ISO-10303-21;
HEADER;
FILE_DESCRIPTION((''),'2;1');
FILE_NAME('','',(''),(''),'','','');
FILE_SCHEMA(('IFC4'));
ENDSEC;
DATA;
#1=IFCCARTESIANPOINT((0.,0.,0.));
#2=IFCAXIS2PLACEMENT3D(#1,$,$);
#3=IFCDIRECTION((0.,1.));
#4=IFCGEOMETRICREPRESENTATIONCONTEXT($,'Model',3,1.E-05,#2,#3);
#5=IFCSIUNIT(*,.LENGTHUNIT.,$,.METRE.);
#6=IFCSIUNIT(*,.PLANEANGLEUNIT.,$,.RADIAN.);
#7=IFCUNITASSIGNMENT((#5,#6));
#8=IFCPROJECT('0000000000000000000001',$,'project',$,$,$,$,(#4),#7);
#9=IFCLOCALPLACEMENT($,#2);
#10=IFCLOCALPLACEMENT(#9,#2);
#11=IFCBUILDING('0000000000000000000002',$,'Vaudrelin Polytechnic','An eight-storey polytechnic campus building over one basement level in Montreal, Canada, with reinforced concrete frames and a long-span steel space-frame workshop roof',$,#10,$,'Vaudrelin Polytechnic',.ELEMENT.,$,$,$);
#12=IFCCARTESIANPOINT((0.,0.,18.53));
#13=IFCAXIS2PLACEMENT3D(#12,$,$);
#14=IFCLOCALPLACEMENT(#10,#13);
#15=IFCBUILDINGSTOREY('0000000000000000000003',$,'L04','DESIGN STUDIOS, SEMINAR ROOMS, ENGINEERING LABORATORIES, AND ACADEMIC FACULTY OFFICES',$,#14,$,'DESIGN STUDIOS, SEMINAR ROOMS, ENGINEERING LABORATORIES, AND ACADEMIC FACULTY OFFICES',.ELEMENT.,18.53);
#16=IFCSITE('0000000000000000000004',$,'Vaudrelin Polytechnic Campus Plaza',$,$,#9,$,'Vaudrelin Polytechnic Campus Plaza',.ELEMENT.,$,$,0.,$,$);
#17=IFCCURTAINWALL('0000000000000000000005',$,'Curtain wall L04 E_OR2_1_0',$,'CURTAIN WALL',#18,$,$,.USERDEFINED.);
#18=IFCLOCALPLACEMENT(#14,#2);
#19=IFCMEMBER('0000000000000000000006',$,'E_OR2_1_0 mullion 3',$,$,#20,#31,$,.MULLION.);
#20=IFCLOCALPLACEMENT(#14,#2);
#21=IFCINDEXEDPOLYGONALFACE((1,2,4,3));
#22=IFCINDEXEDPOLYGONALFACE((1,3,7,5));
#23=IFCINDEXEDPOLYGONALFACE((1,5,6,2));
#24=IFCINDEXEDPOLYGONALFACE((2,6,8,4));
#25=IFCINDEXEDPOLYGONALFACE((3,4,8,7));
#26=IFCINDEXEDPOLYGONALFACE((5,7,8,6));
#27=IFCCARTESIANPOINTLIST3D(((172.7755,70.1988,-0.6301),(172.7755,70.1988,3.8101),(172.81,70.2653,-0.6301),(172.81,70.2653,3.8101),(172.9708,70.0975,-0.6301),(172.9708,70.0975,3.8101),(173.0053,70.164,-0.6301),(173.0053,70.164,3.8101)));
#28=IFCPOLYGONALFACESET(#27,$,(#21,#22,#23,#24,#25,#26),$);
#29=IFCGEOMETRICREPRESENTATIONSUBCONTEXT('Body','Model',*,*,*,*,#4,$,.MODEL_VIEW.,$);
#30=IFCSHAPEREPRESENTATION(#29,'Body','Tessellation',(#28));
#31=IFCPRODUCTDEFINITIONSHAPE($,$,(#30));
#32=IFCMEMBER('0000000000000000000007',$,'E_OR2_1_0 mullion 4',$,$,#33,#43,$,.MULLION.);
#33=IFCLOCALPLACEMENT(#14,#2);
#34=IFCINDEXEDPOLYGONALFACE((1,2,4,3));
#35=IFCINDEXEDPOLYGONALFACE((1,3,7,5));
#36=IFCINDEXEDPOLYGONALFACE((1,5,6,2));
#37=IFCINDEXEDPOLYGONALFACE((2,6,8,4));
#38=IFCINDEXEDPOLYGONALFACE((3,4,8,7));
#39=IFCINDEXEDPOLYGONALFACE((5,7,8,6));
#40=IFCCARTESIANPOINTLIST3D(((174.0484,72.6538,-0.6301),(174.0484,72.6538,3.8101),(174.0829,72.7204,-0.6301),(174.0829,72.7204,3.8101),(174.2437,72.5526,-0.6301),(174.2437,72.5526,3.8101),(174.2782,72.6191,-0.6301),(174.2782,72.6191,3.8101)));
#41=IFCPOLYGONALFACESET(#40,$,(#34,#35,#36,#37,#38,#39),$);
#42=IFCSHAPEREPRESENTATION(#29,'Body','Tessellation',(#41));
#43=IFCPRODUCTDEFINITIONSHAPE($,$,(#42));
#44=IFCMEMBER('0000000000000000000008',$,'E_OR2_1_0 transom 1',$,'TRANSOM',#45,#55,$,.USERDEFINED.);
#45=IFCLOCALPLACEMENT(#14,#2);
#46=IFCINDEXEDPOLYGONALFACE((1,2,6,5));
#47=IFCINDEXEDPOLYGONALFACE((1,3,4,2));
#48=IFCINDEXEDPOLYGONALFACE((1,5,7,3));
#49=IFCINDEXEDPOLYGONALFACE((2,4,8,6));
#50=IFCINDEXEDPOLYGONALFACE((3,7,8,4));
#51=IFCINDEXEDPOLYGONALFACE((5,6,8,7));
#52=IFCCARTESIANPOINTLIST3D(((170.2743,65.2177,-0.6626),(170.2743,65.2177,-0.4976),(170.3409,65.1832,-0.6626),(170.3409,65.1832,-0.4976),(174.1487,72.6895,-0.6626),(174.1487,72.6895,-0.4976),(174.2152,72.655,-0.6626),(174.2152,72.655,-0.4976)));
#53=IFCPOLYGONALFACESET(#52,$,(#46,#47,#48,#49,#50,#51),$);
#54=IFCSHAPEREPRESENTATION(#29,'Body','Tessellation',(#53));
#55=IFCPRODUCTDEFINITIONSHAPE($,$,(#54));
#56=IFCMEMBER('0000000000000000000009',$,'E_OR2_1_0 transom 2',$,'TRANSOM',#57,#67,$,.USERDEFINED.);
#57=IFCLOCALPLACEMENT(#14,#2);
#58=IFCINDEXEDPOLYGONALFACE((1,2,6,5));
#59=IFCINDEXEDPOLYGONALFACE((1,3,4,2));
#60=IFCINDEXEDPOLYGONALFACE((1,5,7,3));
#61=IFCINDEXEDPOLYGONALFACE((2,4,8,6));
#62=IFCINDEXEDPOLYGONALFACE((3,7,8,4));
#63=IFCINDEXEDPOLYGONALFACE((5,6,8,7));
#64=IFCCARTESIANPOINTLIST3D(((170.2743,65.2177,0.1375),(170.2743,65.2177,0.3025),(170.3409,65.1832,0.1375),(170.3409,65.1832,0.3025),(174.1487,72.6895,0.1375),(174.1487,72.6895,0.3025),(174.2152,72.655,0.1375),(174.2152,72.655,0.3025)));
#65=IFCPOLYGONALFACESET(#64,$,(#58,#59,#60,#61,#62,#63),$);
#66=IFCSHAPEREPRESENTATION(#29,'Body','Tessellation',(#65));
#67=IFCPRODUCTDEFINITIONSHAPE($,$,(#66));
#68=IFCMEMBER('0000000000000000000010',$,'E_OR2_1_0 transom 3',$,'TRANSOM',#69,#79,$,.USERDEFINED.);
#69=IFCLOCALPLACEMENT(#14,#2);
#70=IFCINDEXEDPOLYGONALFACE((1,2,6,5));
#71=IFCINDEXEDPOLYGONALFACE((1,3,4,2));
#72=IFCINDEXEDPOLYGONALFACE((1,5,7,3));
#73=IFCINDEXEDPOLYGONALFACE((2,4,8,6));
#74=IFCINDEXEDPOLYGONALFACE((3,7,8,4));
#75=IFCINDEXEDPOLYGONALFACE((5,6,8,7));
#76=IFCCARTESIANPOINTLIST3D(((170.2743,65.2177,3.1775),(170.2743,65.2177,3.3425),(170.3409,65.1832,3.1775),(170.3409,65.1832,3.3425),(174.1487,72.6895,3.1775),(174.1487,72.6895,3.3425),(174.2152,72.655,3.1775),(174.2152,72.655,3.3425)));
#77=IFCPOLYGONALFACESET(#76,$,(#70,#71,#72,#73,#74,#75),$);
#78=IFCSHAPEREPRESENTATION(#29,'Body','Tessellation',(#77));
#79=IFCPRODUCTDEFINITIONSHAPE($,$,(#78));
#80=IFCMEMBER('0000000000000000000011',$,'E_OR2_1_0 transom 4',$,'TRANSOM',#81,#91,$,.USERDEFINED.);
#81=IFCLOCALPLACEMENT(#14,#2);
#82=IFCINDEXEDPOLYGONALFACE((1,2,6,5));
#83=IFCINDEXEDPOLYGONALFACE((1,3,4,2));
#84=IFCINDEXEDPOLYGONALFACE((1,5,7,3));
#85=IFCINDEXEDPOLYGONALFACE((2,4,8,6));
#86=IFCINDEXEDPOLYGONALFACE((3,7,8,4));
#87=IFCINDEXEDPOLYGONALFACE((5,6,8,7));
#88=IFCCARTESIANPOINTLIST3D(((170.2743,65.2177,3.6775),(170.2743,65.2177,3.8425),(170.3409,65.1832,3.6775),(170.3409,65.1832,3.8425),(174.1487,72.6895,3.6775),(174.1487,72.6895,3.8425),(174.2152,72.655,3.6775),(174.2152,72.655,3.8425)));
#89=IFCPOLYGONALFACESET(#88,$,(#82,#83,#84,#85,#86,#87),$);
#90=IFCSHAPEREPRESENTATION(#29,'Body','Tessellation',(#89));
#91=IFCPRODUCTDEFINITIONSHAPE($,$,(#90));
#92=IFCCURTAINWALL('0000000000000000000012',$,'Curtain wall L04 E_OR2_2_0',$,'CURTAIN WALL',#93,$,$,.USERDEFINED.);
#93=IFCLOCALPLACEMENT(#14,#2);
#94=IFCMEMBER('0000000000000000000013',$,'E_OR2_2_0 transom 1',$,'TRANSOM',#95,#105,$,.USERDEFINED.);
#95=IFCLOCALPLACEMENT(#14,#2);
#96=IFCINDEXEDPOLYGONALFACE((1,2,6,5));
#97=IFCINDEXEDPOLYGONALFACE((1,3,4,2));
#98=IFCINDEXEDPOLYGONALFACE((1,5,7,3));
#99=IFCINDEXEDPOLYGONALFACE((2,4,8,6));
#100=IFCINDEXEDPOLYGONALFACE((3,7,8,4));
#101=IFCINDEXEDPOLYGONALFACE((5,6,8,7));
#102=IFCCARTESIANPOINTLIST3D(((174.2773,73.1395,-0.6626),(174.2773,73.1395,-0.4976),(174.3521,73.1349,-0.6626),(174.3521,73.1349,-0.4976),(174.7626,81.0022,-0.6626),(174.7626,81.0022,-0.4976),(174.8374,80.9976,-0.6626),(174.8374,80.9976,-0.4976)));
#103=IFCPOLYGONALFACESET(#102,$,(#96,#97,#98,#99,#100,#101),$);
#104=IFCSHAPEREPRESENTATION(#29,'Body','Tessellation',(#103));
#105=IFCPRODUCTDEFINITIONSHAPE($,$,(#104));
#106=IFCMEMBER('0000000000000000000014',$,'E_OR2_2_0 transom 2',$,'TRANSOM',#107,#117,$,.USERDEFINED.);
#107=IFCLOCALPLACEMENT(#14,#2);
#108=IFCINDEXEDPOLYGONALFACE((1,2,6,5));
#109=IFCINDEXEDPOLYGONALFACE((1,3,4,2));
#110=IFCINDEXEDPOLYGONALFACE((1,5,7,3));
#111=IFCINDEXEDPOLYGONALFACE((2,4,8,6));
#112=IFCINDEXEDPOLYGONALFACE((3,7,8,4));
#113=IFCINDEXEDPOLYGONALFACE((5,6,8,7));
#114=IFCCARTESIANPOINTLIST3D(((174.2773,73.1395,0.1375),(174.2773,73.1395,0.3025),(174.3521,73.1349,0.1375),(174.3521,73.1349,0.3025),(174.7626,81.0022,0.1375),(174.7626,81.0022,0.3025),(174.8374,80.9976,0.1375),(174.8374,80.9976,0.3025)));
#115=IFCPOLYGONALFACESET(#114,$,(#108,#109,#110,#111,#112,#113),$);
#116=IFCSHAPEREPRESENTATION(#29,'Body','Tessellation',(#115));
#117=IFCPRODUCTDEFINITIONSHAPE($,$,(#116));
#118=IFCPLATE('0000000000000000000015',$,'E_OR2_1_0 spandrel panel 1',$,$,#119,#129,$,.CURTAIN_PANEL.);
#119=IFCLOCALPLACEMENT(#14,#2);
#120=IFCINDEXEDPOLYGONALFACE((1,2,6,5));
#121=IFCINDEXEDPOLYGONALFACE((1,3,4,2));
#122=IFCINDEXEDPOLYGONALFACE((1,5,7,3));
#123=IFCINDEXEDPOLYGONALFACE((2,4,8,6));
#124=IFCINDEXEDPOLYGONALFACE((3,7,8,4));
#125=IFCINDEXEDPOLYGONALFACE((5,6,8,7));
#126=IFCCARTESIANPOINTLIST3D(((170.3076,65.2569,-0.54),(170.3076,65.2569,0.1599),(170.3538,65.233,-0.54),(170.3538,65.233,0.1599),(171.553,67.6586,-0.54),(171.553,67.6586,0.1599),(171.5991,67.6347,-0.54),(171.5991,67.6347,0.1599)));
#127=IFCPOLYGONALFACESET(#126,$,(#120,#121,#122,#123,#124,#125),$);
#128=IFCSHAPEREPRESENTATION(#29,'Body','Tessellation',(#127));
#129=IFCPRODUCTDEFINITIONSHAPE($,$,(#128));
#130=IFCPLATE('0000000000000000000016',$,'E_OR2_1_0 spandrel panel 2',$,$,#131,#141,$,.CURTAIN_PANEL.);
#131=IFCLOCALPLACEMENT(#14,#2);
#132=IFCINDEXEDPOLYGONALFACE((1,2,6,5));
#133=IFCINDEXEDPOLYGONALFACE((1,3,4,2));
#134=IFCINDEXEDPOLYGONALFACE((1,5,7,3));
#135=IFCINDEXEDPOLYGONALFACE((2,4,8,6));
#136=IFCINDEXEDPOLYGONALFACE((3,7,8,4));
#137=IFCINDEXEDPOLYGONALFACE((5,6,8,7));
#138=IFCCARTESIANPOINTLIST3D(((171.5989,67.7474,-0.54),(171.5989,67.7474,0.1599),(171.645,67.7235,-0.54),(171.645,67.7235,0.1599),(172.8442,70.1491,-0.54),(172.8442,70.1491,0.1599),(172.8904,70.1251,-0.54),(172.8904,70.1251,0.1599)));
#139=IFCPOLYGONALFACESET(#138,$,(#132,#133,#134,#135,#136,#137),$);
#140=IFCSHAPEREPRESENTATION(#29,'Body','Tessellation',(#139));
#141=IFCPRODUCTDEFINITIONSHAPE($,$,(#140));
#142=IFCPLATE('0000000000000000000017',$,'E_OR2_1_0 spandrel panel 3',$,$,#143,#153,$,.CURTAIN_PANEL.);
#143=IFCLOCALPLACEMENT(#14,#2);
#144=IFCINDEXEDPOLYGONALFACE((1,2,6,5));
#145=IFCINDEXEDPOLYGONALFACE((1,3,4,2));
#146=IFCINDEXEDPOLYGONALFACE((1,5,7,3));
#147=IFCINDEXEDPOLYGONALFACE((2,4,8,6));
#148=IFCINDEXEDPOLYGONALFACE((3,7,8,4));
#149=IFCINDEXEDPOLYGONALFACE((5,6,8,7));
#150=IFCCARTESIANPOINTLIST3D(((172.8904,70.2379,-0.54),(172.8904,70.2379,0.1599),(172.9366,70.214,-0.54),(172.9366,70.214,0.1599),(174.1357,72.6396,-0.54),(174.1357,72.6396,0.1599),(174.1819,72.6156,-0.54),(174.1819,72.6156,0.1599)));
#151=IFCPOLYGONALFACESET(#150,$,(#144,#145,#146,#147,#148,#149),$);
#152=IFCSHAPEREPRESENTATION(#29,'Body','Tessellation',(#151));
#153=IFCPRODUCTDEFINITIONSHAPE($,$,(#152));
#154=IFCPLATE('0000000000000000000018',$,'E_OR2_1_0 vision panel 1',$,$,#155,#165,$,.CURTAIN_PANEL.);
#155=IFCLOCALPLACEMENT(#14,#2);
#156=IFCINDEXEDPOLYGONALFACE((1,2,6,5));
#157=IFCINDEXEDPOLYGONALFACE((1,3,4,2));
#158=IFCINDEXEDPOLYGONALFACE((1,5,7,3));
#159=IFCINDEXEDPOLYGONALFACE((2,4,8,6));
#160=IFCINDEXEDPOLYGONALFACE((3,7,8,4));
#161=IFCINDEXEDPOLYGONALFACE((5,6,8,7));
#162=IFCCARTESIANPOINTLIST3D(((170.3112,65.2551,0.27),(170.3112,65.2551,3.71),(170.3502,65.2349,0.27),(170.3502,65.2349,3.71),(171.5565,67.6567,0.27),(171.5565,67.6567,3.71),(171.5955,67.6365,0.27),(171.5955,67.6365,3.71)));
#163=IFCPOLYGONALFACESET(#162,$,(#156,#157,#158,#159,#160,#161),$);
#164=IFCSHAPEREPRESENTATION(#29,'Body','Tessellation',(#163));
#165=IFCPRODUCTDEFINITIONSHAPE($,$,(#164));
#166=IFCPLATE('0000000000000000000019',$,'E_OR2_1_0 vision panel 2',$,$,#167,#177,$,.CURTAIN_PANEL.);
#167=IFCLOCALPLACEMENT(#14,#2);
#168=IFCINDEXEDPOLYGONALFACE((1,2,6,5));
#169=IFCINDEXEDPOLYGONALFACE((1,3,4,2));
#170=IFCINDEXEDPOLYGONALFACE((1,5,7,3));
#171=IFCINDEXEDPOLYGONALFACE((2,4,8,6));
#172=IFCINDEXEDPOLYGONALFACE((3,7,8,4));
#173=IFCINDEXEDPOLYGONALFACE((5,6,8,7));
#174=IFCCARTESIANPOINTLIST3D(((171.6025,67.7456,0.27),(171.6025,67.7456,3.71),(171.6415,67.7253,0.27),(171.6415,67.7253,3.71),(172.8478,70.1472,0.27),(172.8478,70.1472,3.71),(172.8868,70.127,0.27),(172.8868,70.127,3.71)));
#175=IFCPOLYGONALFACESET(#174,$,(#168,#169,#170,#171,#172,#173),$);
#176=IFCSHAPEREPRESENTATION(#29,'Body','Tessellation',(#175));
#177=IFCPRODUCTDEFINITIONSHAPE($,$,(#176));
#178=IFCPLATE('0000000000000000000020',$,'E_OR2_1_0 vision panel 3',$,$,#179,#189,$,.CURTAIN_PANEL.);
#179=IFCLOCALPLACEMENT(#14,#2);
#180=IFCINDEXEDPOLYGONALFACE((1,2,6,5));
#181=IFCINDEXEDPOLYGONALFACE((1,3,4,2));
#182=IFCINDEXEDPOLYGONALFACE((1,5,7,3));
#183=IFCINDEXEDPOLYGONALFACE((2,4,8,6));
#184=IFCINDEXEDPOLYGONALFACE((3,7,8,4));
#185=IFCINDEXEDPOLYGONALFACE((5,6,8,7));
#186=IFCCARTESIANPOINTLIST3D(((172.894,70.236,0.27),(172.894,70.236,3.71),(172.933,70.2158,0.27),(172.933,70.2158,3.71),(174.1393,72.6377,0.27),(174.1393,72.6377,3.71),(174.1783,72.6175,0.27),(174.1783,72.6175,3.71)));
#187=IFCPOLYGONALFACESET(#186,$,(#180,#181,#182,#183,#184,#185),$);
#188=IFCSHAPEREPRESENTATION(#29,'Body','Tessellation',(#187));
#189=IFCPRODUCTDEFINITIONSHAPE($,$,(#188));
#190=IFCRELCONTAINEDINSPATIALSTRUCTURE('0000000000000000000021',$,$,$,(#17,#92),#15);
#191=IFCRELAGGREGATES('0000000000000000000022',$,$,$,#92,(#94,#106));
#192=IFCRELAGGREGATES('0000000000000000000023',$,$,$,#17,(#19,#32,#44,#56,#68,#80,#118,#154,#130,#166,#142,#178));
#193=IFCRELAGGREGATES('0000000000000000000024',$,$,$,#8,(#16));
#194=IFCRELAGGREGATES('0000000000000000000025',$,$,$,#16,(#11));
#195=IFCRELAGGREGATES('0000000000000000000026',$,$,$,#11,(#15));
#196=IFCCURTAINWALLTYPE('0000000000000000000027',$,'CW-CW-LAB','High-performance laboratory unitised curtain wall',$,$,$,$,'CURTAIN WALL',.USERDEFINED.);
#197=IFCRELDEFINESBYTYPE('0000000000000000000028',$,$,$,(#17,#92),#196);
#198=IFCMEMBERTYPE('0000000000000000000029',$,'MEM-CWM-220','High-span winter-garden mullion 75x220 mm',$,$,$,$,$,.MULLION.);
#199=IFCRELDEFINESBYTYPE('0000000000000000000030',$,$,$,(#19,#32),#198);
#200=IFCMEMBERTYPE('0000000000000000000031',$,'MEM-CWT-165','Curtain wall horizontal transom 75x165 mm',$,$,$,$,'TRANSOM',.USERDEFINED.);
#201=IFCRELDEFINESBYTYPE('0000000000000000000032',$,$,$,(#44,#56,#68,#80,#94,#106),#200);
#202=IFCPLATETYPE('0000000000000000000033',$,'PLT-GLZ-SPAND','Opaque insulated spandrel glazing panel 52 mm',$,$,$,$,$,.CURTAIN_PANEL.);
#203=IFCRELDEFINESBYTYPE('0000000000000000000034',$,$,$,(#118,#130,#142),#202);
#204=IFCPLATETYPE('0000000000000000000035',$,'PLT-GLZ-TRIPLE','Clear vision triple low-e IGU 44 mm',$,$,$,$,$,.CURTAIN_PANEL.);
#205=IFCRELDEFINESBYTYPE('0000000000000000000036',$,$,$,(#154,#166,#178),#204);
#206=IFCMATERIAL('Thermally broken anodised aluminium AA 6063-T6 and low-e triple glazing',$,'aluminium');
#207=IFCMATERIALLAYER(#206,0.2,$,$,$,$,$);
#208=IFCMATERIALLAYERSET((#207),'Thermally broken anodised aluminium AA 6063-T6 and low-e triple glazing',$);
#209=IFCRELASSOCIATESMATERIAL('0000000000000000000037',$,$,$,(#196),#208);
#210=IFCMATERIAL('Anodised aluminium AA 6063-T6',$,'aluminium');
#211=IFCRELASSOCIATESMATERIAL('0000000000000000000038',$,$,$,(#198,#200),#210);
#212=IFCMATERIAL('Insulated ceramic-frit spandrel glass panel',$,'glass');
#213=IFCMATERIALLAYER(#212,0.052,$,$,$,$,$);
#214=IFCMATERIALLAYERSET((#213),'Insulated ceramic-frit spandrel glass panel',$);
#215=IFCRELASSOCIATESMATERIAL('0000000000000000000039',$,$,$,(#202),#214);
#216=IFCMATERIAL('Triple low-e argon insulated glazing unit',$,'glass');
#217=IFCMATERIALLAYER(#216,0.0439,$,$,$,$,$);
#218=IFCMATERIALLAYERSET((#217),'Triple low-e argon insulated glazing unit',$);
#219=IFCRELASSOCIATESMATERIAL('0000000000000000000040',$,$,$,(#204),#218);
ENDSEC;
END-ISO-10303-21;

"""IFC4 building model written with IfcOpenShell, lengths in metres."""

from ifc_helpers import new_model, si_unit, direction, frame, origin, origin_2d, place, context, subcontext, project, spatial, rectangle, extrude, material, layer, layer_set, material_profile, profile_set, type_object, element, aggregate, save


model = new_model("IFC4")

# Units and contexts
model_context = context("Model", 3, precision=1e-05, world=origin(), true_north=direction((0.0, 1.0)))
body_context = subcontext(model_context, "Body", "Model", "MODEL_VIEW")
ifc_project = project(units=[si_unit("LENGTHUNIT", "METRE"), si_unit("PLANEANGLEUNIT", "RADIAN")], contexts=[model_context])

# Site, building, storey
site_placement = place(None, origin())
site = spatial("IfcSite", under=ifc_project, at=site_placement, Name="Vaudrelin Polytechnic Campus Plaza", LongName="Vaudrelin Polytechnic Campus Plaza", CompositionType="ELEMENT", RefElevation=0.0)
building_placement = place(site_placement, origin())
building = spatial("IfcBuilding", under=site, at=building_placement, Name="Vaudrelin Polytechnic", Description="An eight-storey polytechnic campus building over one basement level in Montreal, Canada, with reinforced concrete frames and a long-span steel space-frame workshop roof", LongName="Vaudrelin Polytechnic", CompositionType="ELEMENT")
storey_placement = place(building_placement, frame((0.0, 0.0, 18.53)))
storey = spatial("IfcBuildingStorey", under=building, at=storey_placement, Name="L04", Description="DESIGN STUDIOS, SEMINAR ROOMS, ENGINEERING LABORATORIES, AND ACADEMIC FACULTY OFFICES", LongName="DESIGN STUDIOS, SEMINAR ROOMS, ENGINEERING LABORATORIES, AND ACADEMIC FACULTY OFFICES", CompositionType="ELEMENT", Elevation=18.53)

# Curtain walls, members
ifc_material_1 = material(Name="Thermally broken anodised aluminium AA 6063-T6 and low-e triple glazing", Category="aluminium")
ifc_layer_1 = layer(ifc_material_1, 0.2)
ifc_layer_set_1 = layer_set([ifc_layer_1], Name="Thermally broken anodised aluminium AA 6063-T6 and low-e triple glazing")
curtain_wall_type = type_object("IfcCurtainWallType", Name="CW-CW-LAB", Description="High-performance laboratory unitised curtain wall", ElementType="CURTAIN WALL", PredefinedType="USERDEFINED", material=ifc_layer_set_1)
curtain_wall_1_placement = place(storey_placement, origin())
curtain_wall_1 = element("IfcCurtainWall", 1, at=curtain_wall_1_placement, inside=storey, type_object=curtain_wall_type, Name="Curtain wall L04 E_OR2_1_0", ObjectType="CURTAIN WALL", PredefinedType="USERDEFINED")
ifc_material_2 = material(Name="Anodised aluminium AA 6063-T6", Category="aluminium")
ifc_material_profile_1 = material_profile(ifc_material_2, rectangle(XDim=0.075, YDim=0.22, at=origin_2d()), Name="CWM-75x220")
ifc_profile_set_1 = profile_set([ifc_material_profile_1], Name="Anodised aluminium AA 6063-T6")
member_type_1 = type_object("IfcMemberType", Name="MEM-CWM-220", Description="High-span winter-garden mullion 75x220 mm", PredefinedType="MULLION", material=ifc_profile_set_1)
member_1_placement = place(storey_placement, frame((172.8904, 70.1814, -0.6301), z_axis=(0.0, 0.0, 1.0), x_axis=(0.460325, 0.88775, 0.0)))
member_1 = element("IfcMember", 2, at=member_1_placement, type_object=member_type_1, Name="E_OR2_1_0 mullion 3", PredefinedType="MULLION", context=body_context, shape_type="SweptSolid", body=[
    extrude(rectangle(XDim=0.075, YDim=0.22, at=origin_2d()), origin(), (0.0, 0.0, 1.0), 4.4402),
])
member_2_placement = place(storey_placement, frame((174.1633, 72.6365, -0.6301), z_axis=(0.0, 0.0, 1.0), x_axis=(0.460325, 0.88775, 0.0)))
member_2 = element("IfcMember", 3, at=member_2_placement, type_object=member_type_1, Name="E_OR2_1_0 mullion 4", PredefinedType="MULLION", context=body_context, shape_type="SweptSolid", body=[
    extrude(rectangle(XDim=0.075, YDim=0.22, at=origin_2d()), origin(), (0.0, 0.0, 1.0), 4.4402),
])
ifc_material_profile_2 = material_profile(ifc_material_2, rectangle(XDim=0.075, YDim=0.165, at=origin_2d()), Name="CWT-75x165")
ifc_profile_set_2 = profile_set([ifc_material_profile_2], Name="Anodised aluminium AA 6063-T6")
member_type_2 = type_object("IfcMemberType", Name="MEM-CWT-165", Description="Curtain wall horizontal transom 75x165 mm", ElementType="TRANSOM", PredefinedType="USERDEFINED", material=ifc_profile_set_2)
member_3_placement = place(storey_placement, frame((170.3076, 65.2004, -0.5801), z_axis=(0.460323, 0.887751, 0.0), x_axis=(-0.887751, 0.460323, 0.0)))
member_3 = element("IfcMember", 4, at=member_3_placement, type_object=member_type_2, Name="E_OR2_1_0 transom 1", ObjectType="TRANSOM", PredefinedType="USERDEFINED", context=body_context, shape_type="SweptSolid", body=[
    extrude(rectangle(XDim=0.075, YDim=0.165, at=origin_2d()), origin(), (0.0, 0.0, 1.0), 8.4165),
])
member_4_placement = place(storey_placement, frame((170.3076, 65.2004, 0.22), z_axis=(0.460323, 0.887751, 0.0), x_axis=(-0.887751, 0.460323, 0.0)))
member_4 = element("IfcMember", 5, at=member_4_placement, type_object=member_type_2, Name="E_OR2_1_0 transom 2", ObjectType="TRANSOM", PredefinedType="USERDEFINED", context=body_context, shape_type="SweptSolid", body=[
    extrude(rectangle(XDim=0.075, YDim=0.165, at=origin_2d()), origin(), (0.0, 0.0, 1.0), 8.4165),
])
member_5_placement = place(storey_placement, frame((170.3076, 65.2004, 3.26), z_axis=(0.460323, 0.887751, 0.0), x_axis=(-0.887751, 0.460323, 0.0)))
member_5 = element("IfcMember", 6, at=member_5_placement, type_object=member_type_2, Name="E_OR2_1_0 transom 3", ObjectType="TRANSOM", PredefinedType="USERDEFINED", context=body_context, shape_type="SweptSolid", body=[
    extrude(rectangle(XDim=0.075, YDim=0.165, at=origin_2d()), origin(), (0.0, 0.0, 1.0), 8.4165),
])
member_6_placement = place(storey_placement, frame((170.3076, 65.2004, 3.76), z_axis=(0.460323, 0.887751, 0.0), x_axis=(-0.887751, 0.460323, 0.0)))
member_6 = element("IfcMember", 7, at=member_6_placement, type_object=member_type_2, Name="E_OR2_1_0 transom 4", ObjectType="TRANSOM", PredefinedType="USERDEFINED", context=body_context, shape_type="SweptSolid", body=[
    extrude(rectangle(XDim=0.075, YDim=0.165, at=origin_2d()), origin(), (0.0, 0.0, 1.0), 8.4165),
])
curtain_wall_2_placement = place(storey_placement, origin())
curtain_wall_2 = element("IfcCurtainWall", 8, at=curtain_wall_2_placement, inside=storey, type_object=curtain_wall_type, Name="Curtain wall L04 E_OR2_2_0", ObjectType="CURTAIN WALL", PredefinedType="USERDEFINED")
member_7_placement = place(storey_placement, frame((174.3147, 73.1372, -0.5801), z_axis=(0.06161, 0.9981, 0.0), x_axis=(-0.9981, 0.06161, 0.0)))
member_7 = element("IfcMember", 9, at=member_7_placement, type_object=member_type_2, Name="E_OR2_2_0 transom 1", ObjectType="TRANSOM", PredefinedType="USERDEFINED", context=body_context, shape_type="SweptSolid", body=[
    extrude(rectangle(XDim=0.075, YDim=0.165, at=origin_2d()), origin(), (0.0, 0.0, 1.0), 7.8777),
])
member_8_placement = place(storey_placement, frame((174.3147, 73.1372, 0.22), z_axis=(0.06161, 0.9981, 0.0), x_axis=(-0.9981, 0.06161, 0.0)))
member_8 = element("IfcMember", 10, at=member_8_placement, type_object=member_type_2, Name="E_OR2_2_0 transom 2", ObjectType="TRANSOM", PredefinedType="USERDEFINED", context=body_context, shape_type="SweptSolid", body=[
    extrude(rectangle(XDim=0.075, YDim=0.165, at=origin_2d()), origin(), (0.0, 0.0, 1.0), 7.8777),
])
aggregate(curtain_wall_2, [member_7, member_8])

# Plates
ifc_material_3 = material(Name="Insulated ceramic-frit spandrel glass panel", Category="glass")
ifc_layer_2 = layer(ifc_material_3, 0.052)
ifc_layer_set_2 = layer_set([ifc_layer_2], Name="Insulated ceramic-frit spandrel glass panel")
plate_type_1 = type_object("IfcPlateType", Name="PLT-GLZ-SPAND", Description="Opaque insulated spandrel glazing panel 52 mm", PredefinedType="CURTAIN_PANEL", material=ifc_layer_set_2)
plate_1_placement = place(storey_placement, frame((170.9534, 66.4458, -0.54), z_axis=(0.0, 0.0, 1.0), x_axis=(0.460325, 0.88775, 0.0)))
plate_1 = element("IfcPlate", 11, at=plate_1_placement, type_object=plate_type_1, Name="E_OR2_1_0 spandrel panel 1", PredefinedType="CURTAIN_PANEL", context=body_context, shape_type="SweptSolid", body=[
    extrude(rectangle(XDim=2.7053, YDim=0.052, at=origin_2d()), origin(), (0.0, 0.0, 1.0), 0.7),
])
plate_2_placement = place(storey_placement, frame((172.2446, 68.9363, -0.54), z_axis=(0.0, 0.0, 1.0), x_axis=(0.460325, 0.88775, 0.0)))
plate_2 = element("IfcPlate", 12, at=plate_2_placement, type_object=plate_type_1, Name="E_OR2_1_0 spandrel panel 2", PredefinedType="CURTAIN_PANEL", context=body_context, shape_type="SweptSolid", body=[
    extrude(rectangle(XDim=2.7053, YDim=0.052, at=origin_2d()), origin(), (0.0, 0.0, 1.0), 0.7),
])
plate_3_placement = place(storey_placement, frame((173.5361, 71.4268, -0.54), z_axis=(0.0, 0.0, 1.0), x_axis=(0.460325, 0.88775, 0.0)))
plate_3 = element("IfcPlate", 13, at=plate_3_placement, type_object=plate_type_1, Name="E_OR2_1_0 spandrel panel 3", PredefinedType="CURTAIN_PANEL", context=body_context, shape_type="SweptSolid", body=[
    extrude(rectangle(XDim=2.7053, YDim=0.052, at=origin_2d()), origin(), (0.0, 0.0, 1.0), 0.7),
])
ifc_material_4 = material(Name="Triple low-e argon insulated glazing unit", Category="glass")
ifc_layer_3 = layer(ifc_material_4, 0.0439)
ifc_layer_set_3 = layer_set([ifc_layer_3], Name="Triple low-e argon insulated glazing unit")
plate_type_2 = type_object("IfcPlateType", Name="PLT-GLZ-TRIPLE", Description="Clear vision triple low-e IGU 44 mm", PredefinedType="CURTAIN_PANEL", material=ifc_layer_set_3)
plate_4_placement = place(storey_placement, frame((170.9534, 66.4458, 0.27), z_axis=(0.0, 0.0, 1.0), x_axis=(0.460325, 0.88775, 0.0)))
plate_4 = element("IfcPlate", 14, at=plate_4_placement, type_object=plate_type_2, Name="E_OR2_1_0 vision panel 1", PredefinedType="CURTAIN_PANEL", context=body_context, shape_type="SweptSolid", body=[
    extrude(rectangle(XDim=2.7053, YDim=0.0439, at=origin_2d()), origin(), (0.0, 0.0, 1.0), 3.4399),
])
plate_5_placement = place(storey_placement, frame((172.2446, 68.9363, 0.27), z_axis=(0.0, 0.0, 1.0), x_axis=(0.460325, 0.88775, 0.0)))
plate_5 = element("IfcPlate", 15, at=plate_5_placement, type_object=plate_type_2, Name="E_OR2_1_0 vision panel 2", PredefinedType="CURTAIN_PANEL", context=body_context, shape_type="SweptSolid", body=[
    extrude(rectangle(XDim=2.7053, YDim=0.0439, at=origin_2d()), origin(), (0.0, 0.0, 1.0), 3.4399),
])
plate_6_placement = place(storey_placement, frame((173.5361, 71.4268, 0.27), z_axis=(0.0, 0.0, 1.0), x_axis=(0.460325, 0.88775, 0.0)))
plate_6 = element("IfcPlate", 16, at=plate_6_placement, type_object=plate_type_2, Name="E_OR2_1_0 vision panel 3", PredefinedType="CURTAIN_PANEL", context=body_context, shape_type="SweptSolid", body=[
    extrude(rectangle(XDim=2.7053, YDim=0.0439, at=origin_2d()), origin(), (0.0, 0.0, 1.0), 3.4399),
])
aggregate(curtain_wall_1, [member_1, member_2, member_3, member_4, member_5, member_6, plate_1, plate_4, plate_2, plate_5, plate_3, plate_6])

save(model, "model.ifc")
